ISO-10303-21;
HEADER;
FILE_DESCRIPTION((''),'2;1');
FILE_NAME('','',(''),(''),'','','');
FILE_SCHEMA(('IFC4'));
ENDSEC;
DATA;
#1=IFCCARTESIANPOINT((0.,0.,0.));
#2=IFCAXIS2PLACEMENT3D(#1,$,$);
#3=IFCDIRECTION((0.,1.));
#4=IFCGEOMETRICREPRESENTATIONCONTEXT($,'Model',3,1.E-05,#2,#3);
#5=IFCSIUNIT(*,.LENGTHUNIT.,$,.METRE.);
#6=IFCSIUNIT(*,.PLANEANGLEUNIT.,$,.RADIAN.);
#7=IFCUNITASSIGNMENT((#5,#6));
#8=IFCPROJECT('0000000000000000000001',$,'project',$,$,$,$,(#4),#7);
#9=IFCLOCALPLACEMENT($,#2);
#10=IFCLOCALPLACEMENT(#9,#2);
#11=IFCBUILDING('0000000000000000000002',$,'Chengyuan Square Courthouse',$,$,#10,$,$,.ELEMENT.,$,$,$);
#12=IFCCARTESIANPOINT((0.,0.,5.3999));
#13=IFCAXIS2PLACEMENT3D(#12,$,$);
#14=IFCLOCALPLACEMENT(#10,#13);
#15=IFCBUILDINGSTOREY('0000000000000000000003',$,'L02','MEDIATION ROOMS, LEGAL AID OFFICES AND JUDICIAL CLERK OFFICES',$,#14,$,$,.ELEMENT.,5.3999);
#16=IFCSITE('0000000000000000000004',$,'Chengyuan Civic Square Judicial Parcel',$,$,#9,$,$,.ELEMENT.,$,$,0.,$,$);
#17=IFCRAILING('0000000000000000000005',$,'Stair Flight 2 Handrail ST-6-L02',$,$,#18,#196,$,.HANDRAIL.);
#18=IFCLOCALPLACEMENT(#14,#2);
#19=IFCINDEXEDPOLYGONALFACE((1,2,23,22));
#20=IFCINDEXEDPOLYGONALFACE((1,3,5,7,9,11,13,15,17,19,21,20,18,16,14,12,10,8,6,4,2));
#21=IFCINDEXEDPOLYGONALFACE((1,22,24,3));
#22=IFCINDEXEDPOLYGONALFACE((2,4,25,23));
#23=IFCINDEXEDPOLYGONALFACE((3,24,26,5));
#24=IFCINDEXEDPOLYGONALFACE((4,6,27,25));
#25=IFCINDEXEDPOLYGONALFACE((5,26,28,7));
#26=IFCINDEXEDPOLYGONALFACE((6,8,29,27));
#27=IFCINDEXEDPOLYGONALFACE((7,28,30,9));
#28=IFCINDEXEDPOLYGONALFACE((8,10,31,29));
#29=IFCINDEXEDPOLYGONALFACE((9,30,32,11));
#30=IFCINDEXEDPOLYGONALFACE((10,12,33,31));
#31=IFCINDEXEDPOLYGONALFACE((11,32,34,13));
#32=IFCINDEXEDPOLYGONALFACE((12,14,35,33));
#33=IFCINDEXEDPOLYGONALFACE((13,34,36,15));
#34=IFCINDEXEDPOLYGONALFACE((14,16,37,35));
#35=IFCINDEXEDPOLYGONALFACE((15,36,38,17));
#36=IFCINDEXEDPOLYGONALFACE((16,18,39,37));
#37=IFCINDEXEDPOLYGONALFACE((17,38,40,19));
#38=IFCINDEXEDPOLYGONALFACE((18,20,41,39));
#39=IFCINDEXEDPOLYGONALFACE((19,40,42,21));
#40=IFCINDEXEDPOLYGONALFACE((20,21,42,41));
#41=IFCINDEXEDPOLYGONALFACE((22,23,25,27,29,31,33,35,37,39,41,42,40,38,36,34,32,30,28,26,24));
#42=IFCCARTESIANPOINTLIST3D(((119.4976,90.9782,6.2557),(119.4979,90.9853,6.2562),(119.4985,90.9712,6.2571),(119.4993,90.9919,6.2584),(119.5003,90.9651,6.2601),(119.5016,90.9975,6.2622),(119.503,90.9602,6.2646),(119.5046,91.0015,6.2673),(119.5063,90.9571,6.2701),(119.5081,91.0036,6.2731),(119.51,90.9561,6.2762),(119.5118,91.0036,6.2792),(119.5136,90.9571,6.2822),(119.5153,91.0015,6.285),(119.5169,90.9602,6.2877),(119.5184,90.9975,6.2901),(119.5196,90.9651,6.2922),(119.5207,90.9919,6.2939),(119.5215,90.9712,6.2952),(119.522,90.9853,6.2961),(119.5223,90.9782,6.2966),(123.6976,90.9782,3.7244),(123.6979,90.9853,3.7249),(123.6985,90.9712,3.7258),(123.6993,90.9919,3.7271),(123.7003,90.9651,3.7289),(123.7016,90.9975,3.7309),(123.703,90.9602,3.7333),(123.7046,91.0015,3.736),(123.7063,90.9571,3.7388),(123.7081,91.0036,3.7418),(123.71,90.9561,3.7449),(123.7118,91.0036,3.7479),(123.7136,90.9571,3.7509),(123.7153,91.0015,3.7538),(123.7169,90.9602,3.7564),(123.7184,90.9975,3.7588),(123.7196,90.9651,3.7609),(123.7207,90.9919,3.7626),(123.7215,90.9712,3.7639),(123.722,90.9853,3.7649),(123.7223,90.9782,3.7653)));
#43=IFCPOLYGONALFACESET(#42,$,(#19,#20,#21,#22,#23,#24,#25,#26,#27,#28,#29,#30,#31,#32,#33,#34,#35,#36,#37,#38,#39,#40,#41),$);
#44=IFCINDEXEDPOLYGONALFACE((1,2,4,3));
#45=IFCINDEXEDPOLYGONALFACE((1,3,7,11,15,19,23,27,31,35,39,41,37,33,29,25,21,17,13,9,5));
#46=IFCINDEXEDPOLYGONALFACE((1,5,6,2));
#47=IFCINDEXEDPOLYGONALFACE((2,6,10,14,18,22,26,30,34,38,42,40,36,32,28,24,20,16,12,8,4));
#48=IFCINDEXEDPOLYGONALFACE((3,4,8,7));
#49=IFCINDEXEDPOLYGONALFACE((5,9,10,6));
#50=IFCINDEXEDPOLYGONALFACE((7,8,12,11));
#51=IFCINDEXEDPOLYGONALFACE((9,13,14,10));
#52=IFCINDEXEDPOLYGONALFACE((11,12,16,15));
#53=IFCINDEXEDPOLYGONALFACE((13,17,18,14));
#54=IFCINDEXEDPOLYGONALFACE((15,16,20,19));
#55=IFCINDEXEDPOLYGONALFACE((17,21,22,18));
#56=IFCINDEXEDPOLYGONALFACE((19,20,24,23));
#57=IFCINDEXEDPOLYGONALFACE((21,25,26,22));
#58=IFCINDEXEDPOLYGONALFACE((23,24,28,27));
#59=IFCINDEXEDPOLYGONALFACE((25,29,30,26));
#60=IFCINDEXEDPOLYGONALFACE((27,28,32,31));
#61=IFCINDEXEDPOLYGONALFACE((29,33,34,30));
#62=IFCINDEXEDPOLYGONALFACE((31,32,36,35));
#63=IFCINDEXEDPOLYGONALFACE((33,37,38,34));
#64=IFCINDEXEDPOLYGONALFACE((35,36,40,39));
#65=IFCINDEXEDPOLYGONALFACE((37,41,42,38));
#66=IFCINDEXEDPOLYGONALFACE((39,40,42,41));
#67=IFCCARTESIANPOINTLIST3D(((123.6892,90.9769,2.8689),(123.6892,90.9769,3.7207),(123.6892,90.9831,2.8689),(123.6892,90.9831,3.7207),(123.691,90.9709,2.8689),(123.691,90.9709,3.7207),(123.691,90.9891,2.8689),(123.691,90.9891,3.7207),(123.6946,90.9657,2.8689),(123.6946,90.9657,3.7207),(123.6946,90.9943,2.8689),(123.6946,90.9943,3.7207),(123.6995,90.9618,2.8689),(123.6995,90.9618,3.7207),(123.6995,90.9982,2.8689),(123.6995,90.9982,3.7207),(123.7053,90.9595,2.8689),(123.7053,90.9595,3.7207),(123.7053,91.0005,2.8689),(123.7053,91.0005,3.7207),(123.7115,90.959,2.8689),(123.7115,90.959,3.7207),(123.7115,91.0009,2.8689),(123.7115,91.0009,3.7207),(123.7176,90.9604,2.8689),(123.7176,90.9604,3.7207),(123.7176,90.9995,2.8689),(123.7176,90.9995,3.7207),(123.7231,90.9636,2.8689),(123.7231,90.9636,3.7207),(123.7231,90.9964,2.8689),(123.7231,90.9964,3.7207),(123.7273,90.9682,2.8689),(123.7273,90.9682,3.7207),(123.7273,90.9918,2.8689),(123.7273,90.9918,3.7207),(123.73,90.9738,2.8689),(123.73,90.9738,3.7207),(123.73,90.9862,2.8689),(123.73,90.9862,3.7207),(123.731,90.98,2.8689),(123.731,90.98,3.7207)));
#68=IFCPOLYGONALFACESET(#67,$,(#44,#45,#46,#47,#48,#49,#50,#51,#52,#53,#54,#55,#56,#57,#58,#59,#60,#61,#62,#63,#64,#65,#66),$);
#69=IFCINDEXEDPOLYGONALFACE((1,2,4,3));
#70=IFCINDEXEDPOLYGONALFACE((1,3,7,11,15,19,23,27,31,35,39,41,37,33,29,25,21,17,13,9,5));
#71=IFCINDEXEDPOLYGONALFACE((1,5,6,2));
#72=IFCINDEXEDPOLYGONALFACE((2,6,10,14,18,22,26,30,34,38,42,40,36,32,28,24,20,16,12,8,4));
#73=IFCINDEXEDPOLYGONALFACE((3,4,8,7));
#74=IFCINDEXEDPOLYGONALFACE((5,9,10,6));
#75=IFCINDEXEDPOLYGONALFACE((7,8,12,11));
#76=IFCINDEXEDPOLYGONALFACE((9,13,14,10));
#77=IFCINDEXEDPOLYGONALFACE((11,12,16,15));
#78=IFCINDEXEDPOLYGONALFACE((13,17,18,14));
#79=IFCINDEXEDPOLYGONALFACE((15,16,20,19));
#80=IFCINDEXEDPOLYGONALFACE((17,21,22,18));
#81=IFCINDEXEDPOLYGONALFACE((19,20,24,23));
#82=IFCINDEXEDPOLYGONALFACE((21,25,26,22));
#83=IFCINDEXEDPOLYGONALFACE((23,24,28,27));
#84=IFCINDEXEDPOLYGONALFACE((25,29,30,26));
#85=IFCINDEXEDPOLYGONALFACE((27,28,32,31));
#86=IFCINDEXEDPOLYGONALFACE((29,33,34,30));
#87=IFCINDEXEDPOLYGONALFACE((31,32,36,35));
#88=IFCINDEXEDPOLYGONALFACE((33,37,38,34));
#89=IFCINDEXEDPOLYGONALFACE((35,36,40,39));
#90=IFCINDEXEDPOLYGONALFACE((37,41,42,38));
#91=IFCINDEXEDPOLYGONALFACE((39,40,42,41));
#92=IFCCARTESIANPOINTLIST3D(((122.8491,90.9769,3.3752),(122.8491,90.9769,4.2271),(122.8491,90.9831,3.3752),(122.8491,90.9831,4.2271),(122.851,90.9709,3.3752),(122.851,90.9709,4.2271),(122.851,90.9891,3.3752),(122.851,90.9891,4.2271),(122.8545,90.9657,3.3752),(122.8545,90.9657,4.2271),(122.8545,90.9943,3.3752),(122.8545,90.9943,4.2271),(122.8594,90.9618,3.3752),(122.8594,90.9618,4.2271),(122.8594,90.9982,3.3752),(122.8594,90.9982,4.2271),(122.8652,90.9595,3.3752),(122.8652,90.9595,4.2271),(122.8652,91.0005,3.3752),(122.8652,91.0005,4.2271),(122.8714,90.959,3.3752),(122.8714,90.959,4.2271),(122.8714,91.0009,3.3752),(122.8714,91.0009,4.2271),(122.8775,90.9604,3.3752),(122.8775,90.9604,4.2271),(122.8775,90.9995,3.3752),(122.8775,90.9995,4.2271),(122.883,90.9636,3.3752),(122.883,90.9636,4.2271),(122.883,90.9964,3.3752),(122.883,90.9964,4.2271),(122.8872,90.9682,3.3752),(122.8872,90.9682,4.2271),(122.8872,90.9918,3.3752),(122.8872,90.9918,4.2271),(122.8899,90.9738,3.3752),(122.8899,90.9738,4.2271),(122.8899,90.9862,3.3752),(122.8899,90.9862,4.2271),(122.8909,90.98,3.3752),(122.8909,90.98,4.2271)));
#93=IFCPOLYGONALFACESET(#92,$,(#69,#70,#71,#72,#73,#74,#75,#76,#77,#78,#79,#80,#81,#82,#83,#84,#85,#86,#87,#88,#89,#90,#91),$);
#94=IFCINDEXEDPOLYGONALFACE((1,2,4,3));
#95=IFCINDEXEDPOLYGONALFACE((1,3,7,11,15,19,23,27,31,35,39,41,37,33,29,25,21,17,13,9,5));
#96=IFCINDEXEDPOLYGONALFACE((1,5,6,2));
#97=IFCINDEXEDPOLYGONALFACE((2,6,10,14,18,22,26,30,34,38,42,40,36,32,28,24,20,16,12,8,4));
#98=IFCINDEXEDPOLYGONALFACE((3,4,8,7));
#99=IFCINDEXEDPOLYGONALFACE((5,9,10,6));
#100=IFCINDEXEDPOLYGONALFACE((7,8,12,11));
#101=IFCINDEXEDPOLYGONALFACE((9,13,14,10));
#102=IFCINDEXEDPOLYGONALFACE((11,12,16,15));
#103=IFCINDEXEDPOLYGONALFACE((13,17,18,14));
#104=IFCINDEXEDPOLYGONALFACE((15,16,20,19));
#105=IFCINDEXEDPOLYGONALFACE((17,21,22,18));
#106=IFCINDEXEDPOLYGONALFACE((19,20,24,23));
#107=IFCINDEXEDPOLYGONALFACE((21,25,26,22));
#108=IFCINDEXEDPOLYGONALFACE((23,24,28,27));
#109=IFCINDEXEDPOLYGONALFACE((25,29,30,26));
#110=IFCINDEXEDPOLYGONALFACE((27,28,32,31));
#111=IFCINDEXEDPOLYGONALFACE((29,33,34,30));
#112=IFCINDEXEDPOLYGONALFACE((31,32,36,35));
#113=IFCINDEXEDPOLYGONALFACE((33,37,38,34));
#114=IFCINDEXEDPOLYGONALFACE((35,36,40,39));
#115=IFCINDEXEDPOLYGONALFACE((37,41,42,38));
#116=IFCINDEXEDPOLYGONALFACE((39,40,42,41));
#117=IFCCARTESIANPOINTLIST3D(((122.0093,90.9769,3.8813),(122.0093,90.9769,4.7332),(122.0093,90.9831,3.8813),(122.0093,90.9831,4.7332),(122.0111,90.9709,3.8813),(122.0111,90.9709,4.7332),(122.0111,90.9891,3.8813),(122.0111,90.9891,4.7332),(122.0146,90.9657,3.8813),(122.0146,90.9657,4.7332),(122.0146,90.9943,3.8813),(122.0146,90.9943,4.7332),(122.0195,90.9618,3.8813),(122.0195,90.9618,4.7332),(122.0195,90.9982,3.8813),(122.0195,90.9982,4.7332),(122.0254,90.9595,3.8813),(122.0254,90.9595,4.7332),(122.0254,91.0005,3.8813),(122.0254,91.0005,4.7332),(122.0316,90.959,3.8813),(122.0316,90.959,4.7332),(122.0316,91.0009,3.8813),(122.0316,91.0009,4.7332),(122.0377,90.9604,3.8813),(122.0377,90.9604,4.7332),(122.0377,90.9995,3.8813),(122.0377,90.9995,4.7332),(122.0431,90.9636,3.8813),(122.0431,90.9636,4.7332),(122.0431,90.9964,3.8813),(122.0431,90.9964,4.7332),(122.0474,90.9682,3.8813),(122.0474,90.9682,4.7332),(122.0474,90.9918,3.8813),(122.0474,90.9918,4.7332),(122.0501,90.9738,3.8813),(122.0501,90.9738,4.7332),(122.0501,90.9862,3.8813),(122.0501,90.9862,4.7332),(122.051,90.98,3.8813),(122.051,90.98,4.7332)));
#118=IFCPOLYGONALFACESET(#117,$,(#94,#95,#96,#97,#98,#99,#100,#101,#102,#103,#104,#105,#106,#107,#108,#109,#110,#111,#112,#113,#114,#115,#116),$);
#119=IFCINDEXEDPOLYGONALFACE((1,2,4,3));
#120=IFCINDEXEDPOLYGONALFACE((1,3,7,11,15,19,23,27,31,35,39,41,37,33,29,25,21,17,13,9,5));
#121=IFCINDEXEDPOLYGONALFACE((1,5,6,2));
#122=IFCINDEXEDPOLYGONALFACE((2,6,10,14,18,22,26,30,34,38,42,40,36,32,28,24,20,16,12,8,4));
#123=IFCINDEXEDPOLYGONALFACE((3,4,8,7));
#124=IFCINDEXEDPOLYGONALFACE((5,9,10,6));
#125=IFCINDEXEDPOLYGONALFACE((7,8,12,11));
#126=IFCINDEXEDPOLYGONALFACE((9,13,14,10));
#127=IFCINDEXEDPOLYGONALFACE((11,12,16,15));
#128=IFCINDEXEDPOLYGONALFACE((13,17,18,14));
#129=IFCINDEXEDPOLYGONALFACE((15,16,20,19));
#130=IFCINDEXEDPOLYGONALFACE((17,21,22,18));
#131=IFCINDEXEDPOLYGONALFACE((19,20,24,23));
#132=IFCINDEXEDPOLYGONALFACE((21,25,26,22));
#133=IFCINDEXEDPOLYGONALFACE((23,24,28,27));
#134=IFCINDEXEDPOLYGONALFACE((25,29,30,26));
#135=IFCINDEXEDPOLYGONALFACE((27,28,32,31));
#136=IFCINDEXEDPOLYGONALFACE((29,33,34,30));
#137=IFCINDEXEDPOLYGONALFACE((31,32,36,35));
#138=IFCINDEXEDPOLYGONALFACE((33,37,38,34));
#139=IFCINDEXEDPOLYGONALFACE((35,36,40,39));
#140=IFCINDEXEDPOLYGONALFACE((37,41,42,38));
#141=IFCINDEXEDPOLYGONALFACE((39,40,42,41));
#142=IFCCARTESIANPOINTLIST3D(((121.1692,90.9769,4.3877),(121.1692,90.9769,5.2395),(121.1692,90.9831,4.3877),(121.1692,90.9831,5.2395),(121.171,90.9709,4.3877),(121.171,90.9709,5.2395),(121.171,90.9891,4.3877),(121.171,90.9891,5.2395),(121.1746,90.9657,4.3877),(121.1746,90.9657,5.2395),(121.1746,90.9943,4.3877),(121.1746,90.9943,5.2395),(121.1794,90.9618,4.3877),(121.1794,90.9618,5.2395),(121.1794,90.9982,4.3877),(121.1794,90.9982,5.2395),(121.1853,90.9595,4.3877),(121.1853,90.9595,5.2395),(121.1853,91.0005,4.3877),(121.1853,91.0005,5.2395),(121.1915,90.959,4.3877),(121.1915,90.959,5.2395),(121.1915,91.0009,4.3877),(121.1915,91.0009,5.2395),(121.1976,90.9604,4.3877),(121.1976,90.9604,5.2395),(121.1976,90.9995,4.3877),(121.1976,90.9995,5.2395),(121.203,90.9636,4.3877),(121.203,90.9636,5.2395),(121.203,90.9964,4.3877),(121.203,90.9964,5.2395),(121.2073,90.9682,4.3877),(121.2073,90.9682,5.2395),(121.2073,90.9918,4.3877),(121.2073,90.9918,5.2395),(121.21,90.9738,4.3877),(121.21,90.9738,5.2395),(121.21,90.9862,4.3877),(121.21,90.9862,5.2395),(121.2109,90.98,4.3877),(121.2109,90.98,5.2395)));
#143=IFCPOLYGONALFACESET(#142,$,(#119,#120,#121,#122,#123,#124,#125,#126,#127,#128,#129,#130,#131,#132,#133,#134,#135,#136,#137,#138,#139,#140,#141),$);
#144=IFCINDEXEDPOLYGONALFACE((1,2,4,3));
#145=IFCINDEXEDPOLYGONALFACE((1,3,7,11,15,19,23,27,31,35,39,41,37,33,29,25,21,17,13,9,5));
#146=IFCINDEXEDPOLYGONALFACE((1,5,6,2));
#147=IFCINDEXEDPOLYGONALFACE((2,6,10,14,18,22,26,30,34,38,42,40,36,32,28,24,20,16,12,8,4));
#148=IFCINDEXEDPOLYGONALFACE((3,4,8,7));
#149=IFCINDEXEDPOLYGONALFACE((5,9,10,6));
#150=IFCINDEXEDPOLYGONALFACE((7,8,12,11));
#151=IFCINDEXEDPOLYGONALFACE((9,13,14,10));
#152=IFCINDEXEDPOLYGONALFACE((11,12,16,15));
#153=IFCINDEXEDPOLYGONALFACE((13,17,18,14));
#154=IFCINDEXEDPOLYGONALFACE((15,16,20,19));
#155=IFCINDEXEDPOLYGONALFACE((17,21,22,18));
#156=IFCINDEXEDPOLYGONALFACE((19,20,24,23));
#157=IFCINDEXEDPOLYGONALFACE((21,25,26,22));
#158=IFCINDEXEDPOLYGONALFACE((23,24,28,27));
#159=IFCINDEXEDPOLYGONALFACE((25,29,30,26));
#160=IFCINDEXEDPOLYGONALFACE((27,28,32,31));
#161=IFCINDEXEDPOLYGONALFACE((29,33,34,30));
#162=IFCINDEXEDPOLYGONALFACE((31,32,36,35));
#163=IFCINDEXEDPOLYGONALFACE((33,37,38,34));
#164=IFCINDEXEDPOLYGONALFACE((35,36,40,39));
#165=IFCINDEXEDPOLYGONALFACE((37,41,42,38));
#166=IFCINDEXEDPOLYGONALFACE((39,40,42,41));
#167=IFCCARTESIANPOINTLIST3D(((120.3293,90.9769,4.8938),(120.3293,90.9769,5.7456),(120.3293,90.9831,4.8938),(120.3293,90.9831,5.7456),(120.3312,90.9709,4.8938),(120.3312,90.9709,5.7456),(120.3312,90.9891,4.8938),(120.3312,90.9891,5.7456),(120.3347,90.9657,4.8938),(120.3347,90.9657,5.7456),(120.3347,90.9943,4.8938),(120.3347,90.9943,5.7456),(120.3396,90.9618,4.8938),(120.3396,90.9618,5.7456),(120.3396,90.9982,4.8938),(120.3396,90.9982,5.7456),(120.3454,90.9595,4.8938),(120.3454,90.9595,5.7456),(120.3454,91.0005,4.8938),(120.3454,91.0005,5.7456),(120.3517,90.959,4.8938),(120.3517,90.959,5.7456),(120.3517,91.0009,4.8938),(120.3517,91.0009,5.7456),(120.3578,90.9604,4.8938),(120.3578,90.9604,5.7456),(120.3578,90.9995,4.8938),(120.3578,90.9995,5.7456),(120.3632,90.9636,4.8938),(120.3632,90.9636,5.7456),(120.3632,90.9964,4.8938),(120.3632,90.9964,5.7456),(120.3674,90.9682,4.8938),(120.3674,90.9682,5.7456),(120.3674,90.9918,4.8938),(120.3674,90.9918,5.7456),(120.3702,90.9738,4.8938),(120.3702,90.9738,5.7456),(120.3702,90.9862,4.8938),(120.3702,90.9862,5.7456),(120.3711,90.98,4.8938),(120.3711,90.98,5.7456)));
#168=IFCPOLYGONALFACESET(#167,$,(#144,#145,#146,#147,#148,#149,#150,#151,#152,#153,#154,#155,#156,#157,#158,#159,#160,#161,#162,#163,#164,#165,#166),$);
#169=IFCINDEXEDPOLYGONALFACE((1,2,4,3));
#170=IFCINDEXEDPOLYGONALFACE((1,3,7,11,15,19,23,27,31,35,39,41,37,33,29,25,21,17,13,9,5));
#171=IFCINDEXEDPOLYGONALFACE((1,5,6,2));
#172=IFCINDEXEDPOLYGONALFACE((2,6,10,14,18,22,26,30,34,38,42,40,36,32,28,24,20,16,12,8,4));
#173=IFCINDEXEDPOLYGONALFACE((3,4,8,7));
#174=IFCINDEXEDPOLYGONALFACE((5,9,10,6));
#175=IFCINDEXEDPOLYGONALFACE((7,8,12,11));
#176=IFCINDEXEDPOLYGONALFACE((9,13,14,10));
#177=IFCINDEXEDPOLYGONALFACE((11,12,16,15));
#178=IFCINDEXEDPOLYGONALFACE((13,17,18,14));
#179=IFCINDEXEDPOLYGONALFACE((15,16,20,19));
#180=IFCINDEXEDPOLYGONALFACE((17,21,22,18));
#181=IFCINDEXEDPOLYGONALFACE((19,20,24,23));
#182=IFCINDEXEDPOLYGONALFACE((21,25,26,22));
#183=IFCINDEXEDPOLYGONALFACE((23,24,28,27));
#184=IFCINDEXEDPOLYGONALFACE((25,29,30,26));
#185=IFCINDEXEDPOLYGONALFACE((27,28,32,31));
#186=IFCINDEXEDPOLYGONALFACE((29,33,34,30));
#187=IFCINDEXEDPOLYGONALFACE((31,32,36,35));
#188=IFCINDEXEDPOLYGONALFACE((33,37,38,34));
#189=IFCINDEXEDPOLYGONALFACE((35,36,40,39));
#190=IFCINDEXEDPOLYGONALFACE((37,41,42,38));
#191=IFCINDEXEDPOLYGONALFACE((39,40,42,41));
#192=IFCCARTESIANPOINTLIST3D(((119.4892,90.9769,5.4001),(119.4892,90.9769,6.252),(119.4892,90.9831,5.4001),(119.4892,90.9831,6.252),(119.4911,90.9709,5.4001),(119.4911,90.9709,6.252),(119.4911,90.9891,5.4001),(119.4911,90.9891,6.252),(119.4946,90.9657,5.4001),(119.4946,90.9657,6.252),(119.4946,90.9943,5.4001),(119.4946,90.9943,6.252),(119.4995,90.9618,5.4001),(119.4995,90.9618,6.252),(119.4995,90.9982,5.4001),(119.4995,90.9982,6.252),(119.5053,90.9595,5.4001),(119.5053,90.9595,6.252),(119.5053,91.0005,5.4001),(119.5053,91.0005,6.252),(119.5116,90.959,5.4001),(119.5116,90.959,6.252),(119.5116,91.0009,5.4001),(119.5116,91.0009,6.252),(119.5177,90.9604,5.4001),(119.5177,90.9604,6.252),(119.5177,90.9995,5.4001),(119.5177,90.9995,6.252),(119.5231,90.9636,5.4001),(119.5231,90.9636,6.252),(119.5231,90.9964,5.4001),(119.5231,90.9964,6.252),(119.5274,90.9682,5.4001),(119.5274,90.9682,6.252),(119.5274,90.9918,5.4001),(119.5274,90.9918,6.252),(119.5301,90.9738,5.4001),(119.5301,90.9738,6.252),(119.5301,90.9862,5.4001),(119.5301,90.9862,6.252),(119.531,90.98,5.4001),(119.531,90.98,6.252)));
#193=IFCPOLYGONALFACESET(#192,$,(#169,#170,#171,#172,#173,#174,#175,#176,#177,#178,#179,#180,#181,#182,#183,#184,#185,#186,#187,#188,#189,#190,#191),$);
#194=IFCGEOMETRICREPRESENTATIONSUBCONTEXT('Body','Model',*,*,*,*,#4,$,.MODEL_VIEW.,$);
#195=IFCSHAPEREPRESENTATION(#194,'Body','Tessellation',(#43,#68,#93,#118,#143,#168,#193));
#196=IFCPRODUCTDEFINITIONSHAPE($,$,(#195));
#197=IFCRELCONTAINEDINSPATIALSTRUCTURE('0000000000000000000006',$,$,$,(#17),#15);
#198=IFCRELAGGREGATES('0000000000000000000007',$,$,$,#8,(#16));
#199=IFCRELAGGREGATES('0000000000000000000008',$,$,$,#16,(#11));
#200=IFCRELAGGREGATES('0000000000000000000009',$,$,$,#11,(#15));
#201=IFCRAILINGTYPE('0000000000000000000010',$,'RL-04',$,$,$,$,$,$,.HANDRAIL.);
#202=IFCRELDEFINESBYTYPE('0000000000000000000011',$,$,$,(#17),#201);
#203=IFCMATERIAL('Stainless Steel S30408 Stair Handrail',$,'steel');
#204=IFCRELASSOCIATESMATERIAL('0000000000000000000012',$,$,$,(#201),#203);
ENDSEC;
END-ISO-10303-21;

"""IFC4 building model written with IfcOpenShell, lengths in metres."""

from ifc_helpers import new_model, si_unit, direction, frame, origin, origin_2d, place, context, subcontext, project, spatial, circle, extrude, material, type_object, element, save


model = new_model("IFC4")

# Units and contexts
model_context = context("Model", 3, precision=1e-05, world=origin(), true_north=direction((0.0, 1.0)))
body_context = subcontext(model_context, "Body", "Model", "MODEL_VIEW")
ifc_project = project(units=[si_unit("LENGTHUNIT", "METRE"), si_unit("PLANEANGLEUNIT", "RADIAN")], contexts=[model_context])

# Site, building, storey
site_placement = place(None, origin())
site = spatial("IfcSite", under=ifc_project, at=site_placement, Name="Chengyuan Civic Square Judicial Parcel", CompositionType="ELEMENT", RefElevation=0.0)
building_placement = place(site_placement, origin())
building = spatial("IfcBuilding", under=site, at=building_placement, Name="Chengyuan Square Courthouse", CompositionType="ELEMENT")
storey_placement = place(building_placement, frame((0.0, 0.0, 5.3999)))
storey = spatial("IfcBuildingStorey", under=building, at=storey_placement, Name="L02", Description="MEDIATION ROOMS, LEGAL AID OFFICES AND JUDICIAL CLERK OFFICES", CompositionType="ELEMENT", Elevation=5.3999)

# Railing
ifc_material_1 = material(Name="Stainless Steel S30408 Stair Handrail", Category="steel")
railing_type_1 = type_object("IfcRailingType", Name="RL-04", PredefinedType="HANDRAIL", material=ifc_material_1)
railing_1_placement = place(storey_placement, frame((123.71, 90.98, 2.8689)))
element("IfcRailing", 1, at=railing_1_placement, inside=storey, type_object=railing_type_1, Name="Stair Flight 2 Handrail ST-6-L02", PredefinedType="HANDRAIL", context=body_context, shape_type="SweptSolid", body=[
    extrude(circle(Radius=0.0239, at=origin_2d()), frame((0.0, 0.0, 0.876), z_axis=(-0.856476, 0.0, 0.516186), x_axis=(0.0, -1.0, 0.0)), (0.0, 0.0, 1.0), 4.9038),
    extrude(circle(Radius=0.021, at=origin_2d()), origin(), (0.0, 0.0, 1.0), 0.8518),
    extrude(circle(Radius=0.021, at=origin_2d()), frame((-0.8401, 0.0, 0.5063)), (0.0, 0.0, 1.0), 0.8518),
    extrude(circle(Radius=0.021, at=origin_2d()), frame((-1.6799, 0.0, 1.0125)), (0.0, 0.0, 1.0), 0.8518),
    extrude(circle(Radius=0.021, at=origin_2d()), frame((-2.52, 0.0, 1.5188)), (0.0, 0.0, 1.0), 0.8518),
    extrude(circle(Radius=0.021, at=origin_2d()), frame((-3.3599, 0.0, 2.0249)), (0.0, 0.0, 1.0), 0.8518),
    extrude(circle(Radius=0.021, at=origin_2d()), frame((-4.2, 0.0, 2.5312)), (0.0, 0.0, 1.0), 0.8518),
])

save(model, "model.ifc")
